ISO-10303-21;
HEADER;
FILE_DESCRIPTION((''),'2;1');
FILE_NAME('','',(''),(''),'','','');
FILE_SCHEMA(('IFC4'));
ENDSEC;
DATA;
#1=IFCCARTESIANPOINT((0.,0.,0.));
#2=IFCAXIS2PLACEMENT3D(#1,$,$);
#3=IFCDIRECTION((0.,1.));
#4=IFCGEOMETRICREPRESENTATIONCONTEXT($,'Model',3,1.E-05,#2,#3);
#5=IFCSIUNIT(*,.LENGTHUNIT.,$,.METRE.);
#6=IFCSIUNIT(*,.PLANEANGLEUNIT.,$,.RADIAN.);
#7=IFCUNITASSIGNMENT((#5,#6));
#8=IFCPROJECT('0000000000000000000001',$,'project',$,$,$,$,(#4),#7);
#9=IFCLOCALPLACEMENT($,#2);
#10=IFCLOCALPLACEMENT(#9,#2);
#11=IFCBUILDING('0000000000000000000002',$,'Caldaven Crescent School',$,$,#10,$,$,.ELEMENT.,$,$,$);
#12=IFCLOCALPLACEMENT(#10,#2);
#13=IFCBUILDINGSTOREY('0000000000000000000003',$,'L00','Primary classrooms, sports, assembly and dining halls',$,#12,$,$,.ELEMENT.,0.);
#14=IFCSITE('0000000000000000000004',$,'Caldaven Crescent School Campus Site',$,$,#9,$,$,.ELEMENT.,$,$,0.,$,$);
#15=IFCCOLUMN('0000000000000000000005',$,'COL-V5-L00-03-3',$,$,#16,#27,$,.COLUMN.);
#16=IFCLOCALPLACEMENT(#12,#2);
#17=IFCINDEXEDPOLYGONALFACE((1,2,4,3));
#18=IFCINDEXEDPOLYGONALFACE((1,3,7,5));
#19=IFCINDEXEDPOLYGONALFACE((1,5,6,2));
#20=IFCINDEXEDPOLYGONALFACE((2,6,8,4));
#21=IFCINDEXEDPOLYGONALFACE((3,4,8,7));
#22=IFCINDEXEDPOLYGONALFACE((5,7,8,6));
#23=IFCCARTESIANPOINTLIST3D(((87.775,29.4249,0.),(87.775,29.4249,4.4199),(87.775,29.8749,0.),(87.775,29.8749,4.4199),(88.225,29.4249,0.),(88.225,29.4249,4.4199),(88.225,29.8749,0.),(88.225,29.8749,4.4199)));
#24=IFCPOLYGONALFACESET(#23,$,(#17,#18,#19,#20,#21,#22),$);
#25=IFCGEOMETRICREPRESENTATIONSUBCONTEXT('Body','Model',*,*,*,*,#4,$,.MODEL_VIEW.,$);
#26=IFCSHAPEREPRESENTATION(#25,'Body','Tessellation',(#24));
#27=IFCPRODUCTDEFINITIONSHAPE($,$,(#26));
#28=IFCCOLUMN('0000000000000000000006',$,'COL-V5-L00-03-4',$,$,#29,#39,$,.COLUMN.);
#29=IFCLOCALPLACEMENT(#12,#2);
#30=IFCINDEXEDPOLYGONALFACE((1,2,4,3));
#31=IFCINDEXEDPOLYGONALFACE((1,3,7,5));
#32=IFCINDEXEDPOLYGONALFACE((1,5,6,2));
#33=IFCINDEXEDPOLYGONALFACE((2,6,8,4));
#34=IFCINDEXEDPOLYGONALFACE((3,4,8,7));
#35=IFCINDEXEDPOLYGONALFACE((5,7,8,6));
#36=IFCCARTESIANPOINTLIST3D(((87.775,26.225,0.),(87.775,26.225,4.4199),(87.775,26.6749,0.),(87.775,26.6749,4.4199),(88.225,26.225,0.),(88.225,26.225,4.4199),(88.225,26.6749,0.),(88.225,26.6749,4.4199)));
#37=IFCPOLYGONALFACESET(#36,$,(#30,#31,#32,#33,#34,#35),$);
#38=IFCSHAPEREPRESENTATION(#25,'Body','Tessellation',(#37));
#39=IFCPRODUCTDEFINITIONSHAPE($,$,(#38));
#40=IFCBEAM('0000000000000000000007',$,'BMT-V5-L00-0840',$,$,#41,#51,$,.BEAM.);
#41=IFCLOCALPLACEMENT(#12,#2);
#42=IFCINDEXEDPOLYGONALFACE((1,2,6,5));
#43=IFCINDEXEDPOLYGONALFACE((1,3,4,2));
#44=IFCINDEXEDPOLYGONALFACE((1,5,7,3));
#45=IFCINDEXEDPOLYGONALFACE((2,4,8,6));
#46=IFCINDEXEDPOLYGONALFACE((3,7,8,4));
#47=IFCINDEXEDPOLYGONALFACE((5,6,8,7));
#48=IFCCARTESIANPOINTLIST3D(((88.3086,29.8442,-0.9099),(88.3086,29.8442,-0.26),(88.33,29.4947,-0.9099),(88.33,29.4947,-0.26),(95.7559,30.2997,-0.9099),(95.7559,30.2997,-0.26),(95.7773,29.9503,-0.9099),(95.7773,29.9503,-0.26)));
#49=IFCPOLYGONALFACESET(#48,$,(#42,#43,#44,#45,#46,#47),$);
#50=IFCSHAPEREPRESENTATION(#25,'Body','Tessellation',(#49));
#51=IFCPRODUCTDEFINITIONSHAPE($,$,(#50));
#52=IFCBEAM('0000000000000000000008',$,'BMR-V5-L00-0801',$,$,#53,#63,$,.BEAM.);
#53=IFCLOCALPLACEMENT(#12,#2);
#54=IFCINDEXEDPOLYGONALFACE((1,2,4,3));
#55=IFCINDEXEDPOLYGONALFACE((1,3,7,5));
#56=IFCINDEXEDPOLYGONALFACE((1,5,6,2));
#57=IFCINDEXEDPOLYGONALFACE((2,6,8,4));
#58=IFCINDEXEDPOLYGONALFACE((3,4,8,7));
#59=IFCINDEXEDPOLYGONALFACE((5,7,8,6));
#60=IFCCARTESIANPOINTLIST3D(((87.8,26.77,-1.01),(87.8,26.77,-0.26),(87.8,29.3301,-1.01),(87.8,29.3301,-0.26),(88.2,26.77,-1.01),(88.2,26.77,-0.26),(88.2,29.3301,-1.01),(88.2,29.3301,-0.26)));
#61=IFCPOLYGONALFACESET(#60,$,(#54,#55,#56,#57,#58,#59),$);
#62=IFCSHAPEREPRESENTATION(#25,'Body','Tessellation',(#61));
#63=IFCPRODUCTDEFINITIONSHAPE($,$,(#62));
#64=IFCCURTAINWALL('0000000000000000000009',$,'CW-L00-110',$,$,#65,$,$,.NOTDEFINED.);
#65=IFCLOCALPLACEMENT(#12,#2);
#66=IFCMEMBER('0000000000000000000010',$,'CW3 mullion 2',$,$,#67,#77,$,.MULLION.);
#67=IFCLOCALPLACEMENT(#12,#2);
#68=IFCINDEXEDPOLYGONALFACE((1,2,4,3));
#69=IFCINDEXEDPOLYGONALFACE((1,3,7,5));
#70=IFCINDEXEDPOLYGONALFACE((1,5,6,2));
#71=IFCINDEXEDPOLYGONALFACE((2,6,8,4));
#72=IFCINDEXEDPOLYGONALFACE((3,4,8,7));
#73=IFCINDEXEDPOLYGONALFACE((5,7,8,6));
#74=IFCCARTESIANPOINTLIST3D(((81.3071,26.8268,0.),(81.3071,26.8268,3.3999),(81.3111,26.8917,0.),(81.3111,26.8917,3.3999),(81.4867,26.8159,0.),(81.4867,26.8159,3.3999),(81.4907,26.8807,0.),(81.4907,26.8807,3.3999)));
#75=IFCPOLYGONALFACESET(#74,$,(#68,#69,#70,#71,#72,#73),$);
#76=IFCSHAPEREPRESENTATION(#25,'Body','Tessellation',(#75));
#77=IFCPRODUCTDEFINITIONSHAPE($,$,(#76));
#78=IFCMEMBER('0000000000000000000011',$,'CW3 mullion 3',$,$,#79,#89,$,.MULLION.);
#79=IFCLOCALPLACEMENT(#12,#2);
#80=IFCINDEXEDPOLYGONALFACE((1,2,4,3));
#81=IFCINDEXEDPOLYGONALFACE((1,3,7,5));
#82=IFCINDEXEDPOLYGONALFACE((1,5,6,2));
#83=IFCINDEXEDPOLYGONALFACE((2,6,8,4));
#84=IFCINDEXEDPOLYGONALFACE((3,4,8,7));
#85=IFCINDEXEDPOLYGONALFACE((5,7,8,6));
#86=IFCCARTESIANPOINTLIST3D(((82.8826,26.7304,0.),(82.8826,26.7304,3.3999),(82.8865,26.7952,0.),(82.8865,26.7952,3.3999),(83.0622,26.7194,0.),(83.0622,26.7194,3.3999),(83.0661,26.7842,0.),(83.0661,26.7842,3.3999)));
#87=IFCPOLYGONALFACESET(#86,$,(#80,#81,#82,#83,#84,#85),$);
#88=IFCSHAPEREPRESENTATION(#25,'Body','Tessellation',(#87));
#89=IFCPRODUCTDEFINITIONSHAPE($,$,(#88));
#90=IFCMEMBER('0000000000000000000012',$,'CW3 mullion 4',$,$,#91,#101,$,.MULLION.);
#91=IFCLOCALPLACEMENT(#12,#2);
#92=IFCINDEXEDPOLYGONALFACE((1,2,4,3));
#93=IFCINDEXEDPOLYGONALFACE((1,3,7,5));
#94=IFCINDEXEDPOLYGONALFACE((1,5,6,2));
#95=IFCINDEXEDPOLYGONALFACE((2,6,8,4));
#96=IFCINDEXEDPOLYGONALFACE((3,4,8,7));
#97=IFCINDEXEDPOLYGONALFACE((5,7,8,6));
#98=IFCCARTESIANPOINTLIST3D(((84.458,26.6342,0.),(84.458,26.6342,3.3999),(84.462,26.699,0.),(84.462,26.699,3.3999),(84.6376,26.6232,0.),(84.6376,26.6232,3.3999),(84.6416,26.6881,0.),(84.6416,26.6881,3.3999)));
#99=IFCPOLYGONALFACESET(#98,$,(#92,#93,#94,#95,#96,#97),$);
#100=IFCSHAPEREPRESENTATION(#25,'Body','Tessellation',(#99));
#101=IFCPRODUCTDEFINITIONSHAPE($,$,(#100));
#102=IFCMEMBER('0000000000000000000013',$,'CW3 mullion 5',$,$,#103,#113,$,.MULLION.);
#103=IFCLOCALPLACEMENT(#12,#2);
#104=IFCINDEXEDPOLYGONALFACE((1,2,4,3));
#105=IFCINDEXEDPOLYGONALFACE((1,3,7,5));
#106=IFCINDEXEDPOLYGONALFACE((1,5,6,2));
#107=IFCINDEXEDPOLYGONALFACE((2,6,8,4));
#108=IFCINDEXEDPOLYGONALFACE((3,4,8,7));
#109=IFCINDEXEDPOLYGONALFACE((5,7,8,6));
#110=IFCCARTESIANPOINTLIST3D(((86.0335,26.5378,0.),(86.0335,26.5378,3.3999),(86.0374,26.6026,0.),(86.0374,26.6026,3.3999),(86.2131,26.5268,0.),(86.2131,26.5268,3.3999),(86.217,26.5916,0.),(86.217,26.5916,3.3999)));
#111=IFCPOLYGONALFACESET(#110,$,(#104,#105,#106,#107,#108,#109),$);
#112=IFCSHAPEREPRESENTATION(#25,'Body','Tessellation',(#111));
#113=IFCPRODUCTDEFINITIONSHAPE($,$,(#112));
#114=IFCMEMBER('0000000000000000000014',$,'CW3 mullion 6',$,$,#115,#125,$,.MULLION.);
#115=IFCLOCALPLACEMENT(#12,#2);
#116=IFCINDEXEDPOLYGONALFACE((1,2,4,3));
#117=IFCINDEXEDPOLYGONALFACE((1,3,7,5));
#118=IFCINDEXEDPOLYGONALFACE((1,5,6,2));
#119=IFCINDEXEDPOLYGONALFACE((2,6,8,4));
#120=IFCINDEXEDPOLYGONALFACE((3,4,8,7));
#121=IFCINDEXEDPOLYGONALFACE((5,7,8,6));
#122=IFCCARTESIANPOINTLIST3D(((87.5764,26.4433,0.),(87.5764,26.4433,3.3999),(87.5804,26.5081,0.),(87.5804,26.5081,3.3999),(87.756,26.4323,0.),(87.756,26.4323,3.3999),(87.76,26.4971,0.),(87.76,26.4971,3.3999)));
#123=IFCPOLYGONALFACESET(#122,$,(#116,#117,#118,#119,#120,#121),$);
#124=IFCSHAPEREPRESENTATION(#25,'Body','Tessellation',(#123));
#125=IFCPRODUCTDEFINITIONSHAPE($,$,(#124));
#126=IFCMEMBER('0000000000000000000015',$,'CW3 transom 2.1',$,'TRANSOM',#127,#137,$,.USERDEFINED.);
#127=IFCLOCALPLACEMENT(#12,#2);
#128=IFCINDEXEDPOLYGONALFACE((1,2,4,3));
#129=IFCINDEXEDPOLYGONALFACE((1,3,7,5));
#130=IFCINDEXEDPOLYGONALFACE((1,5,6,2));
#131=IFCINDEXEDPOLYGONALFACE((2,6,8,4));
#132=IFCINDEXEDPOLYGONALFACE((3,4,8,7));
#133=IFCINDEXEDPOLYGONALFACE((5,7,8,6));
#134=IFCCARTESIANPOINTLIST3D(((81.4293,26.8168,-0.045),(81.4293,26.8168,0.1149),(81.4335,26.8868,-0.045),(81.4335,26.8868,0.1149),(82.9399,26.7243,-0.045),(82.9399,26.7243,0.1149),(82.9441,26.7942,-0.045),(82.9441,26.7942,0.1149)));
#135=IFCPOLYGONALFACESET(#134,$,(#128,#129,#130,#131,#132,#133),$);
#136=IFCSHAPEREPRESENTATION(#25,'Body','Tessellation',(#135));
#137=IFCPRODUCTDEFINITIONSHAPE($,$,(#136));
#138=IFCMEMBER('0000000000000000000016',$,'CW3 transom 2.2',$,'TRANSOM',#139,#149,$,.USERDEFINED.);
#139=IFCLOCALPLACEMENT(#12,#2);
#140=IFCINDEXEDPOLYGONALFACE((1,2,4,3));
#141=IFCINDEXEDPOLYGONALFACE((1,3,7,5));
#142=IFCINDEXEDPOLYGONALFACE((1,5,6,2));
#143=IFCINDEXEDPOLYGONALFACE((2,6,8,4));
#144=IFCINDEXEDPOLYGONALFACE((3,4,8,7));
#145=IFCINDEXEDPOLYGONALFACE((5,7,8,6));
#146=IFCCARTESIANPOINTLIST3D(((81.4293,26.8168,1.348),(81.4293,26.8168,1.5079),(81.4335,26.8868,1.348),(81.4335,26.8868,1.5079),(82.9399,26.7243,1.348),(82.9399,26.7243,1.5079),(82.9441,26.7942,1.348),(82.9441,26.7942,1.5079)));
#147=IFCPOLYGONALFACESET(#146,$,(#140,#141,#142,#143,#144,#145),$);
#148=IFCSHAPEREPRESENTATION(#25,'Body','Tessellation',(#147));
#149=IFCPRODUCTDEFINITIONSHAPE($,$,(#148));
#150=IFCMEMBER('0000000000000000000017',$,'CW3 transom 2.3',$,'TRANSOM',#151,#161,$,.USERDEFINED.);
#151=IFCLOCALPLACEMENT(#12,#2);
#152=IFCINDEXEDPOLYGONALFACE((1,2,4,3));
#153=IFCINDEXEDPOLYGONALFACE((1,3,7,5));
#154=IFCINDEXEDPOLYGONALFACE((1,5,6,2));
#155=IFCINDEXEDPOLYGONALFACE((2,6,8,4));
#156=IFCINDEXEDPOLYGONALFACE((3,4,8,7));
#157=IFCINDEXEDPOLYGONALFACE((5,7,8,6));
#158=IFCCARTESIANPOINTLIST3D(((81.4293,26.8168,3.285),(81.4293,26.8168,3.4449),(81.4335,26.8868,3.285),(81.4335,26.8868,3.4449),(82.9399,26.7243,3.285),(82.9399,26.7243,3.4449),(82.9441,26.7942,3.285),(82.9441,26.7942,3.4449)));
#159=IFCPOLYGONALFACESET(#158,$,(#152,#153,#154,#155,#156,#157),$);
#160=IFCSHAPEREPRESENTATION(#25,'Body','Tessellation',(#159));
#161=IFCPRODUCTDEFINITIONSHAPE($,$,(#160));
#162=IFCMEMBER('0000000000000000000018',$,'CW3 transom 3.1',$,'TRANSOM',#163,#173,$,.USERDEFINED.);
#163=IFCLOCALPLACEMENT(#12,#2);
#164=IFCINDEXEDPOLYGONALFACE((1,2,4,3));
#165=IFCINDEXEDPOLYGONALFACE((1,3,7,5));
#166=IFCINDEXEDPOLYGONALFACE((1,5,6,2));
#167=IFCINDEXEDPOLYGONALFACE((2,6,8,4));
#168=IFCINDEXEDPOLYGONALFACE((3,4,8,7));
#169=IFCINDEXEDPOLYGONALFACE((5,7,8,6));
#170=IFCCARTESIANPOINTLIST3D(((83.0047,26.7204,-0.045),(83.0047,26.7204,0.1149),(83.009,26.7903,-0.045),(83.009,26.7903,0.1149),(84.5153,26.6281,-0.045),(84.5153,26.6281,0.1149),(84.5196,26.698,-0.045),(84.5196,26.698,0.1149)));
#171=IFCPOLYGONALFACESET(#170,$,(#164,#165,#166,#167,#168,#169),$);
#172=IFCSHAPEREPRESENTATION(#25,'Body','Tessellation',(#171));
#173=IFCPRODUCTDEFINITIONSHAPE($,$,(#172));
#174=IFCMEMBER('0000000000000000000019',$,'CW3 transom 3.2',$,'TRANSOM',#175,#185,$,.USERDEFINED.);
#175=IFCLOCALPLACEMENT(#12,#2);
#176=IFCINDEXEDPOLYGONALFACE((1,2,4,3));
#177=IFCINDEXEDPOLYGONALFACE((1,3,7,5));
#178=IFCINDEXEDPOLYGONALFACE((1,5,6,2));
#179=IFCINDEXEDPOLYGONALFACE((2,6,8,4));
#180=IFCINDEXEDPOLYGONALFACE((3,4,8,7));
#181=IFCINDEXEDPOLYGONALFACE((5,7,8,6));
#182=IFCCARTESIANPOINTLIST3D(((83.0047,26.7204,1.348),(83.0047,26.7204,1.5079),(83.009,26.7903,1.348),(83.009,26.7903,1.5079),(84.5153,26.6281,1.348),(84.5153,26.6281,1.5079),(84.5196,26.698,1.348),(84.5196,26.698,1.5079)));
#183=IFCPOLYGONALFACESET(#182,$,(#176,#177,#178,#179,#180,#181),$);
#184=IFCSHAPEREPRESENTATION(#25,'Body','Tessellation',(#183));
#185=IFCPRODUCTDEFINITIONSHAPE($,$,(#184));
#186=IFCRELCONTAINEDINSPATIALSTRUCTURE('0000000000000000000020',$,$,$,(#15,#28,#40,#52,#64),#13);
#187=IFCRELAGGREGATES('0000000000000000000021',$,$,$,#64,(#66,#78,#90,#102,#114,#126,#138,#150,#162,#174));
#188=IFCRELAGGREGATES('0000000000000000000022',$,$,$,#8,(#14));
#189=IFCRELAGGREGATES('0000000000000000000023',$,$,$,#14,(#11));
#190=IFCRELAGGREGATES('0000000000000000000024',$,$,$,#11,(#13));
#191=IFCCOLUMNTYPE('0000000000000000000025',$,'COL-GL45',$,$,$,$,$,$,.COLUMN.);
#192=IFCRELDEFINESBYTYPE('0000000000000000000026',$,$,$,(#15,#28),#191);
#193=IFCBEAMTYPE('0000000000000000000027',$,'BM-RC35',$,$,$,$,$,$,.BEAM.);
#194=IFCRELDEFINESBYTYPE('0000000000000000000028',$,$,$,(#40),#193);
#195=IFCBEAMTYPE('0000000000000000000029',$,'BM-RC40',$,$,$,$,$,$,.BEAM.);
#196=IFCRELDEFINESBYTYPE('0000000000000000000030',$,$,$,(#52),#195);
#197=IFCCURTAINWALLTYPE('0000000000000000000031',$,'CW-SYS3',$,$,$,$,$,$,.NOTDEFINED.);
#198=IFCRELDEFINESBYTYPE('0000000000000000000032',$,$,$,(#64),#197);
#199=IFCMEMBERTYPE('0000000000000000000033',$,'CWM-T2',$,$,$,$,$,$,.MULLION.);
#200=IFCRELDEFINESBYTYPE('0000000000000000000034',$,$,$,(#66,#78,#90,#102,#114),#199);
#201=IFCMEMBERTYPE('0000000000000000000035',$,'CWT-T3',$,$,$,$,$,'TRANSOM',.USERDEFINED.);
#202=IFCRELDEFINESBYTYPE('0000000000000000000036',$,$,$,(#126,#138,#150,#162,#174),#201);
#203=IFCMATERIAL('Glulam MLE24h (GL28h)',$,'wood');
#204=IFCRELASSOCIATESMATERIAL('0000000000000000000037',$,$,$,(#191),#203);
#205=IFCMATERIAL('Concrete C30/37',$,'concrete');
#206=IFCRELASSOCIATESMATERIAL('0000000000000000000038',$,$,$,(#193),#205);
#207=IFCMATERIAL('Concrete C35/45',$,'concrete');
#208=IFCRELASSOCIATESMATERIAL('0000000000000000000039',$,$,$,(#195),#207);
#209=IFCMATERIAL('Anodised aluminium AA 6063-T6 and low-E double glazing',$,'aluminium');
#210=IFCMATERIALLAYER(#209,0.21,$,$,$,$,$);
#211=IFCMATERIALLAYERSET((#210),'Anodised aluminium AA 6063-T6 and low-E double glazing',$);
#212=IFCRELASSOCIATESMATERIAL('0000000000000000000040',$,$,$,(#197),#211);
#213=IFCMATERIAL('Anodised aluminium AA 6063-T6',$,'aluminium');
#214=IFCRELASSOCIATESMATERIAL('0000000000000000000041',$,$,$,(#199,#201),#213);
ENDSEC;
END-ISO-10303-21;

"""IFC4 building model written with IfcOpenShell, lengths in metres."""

from ifc_helpers import new_model, si_unit, direction, frame, origin, origin_2d, place, context, subcontext, project, spatial, rectangle, extrude, material, layer, layer_set, material_profile, profile_set, type_object, element, aggregate, save


model = new_model("IFC4")

# Units and contexts
model_context = context("Model", 3, precision=1e-05, world=origin(), true_north=direction((0.0, 1.0)))
body_context = subcontext(model_context, "Body", "Model", "MODEL_VIEW")
ifc_project = project(units=[si_unit("LENGTHUNIT", "METRE"), si_unit("PLANEANGLEUNIT", "RADIAN")], contexts=[model_context])

# Site, building, storey
site_placement = place(None, origin())
site = spatial("IfcSite", under=ifc_project, at=site_placement, Name="Caldaven Crescent School Campus Site", CompositionType="ELEMENT", RefElevation=0.0)
building_placement = place(site_placement, origin())
building = spatial("IfcBuilding", under=site, at=building_placement, Name="Caldaven Crescent School", CompositionType="ELEMENT")
storey_placement = place(building_placement, origin())
storey = spatial("IfcBuildingStorey", under=building, at=storey_placement, Name="L00", Description="Primary classrooms, sports, assembly and dining halls", CompositionType="ELEMENT", Elevation=0.0)

# Columns
ifc_material_1 = material(Name="Glulam MLE24h (GL28h)", Category="wood")
ifc_material_profile_1 = material_profile(ifc_material_1, rectangle(XDim=0.45, YDim=0.45, at=origin_2d()), Name="MLE 450x450")
ifc_profile_set_1 = profile_set([ifc_material_profile_1], Name="Glulam MLE24h (GL28h)")
column_type = type_object("IfcColumnType", Name="COL-GL45", PredefinedType="COLUMN", material=ifc_profile_set_1)
for number, where, z_axis, x_axis, name in (
    (1, (88.0, 29.6499, 0.0), (0.0, 0.0, 1.0), (0.0, -1.0, 0.0), "COL-V5-L00-03-3"),
    (2, (88.0, 26.45, 0.0), (0.0, 0.0, 1.0), (0.0, -1.0, 0.0), "COL-V5-L00-03-4"),
):
    element("IfcColumn", number, at=place(storey_placement, frame(where, z_axis=z_axis, x_axis=x_axis)), inside=storey, type_object=column_type, Name=name, PredefinedType="COLUMN", context=body_context, shape_type="SweptSolid", body=[
        extrude(rectangle(XDim=0.45, YDim=0.45, at=origin_2d()), origin(), (0.0, 0.0, 1.0), 4.4199),
    ])

# Beams
ifc_material_2 = material(Name="Concrete C30/37", Category="concrete")
ifc_material_profile_2 = material_profile(ifc_material_2, rectangle(XDim=0.3501, YDim=0.6499, at=origin_2d()), Name="RC 350x650")
ifc_profile_set_2 = profile_set([ifc_material_profile_2], Name="Concrete C30/37")
beam_type_1 = type_object("IfcBeamType", Name="BM-RC35", PredefinedType="BEAM", material=ifc_profile_set_2)
beam_1_placement = place(storey_placement, frame((88.3193, 29.6694, -0.585), z_axis=(0.998134, 0.061058, 0.0), x_axis=(-0.061058, 0.998134, 0.0)))
element("IfcBeam", 3, at=beam_1_placement, inside=storey, type_object=beam_type_1, Name="BMT-V5-L00-0840", PredefinedType="BEAM", context=body_context, shape_type="SweptSolid", body=[
    extrude(rectangle(XDim=0.3501, YDim=0.6499, at=origin_2d()), origin(), (0.0, 0.0, 1.0), 7.4612),
])
ifc_material_3 = material(Name="Concrete C35/45", Category="concrete")
ifc_material_profile_3 = material_profile(ifc_material_3, rectangle(XDim=0.3999, YDim=0.75, at=origin_2d()), Name="RC 400x750")
ifc_profile_set_3 = profile_set([ifc_material_profile_3], Name="Concrete C35/45")
beam_type_2 = type_object("IfcBeamType", Name="BM-RC40", PredefinedType="BEAM", material=ifc_profile_set_3)
beam_2_placement = place(storey_placement, frame((88.0, 29.3301, -0.635), z_axis=(0.0, -1.0, 0.0), x_axis=(1.0, 0.0, 0.0)))
element("IfcBeam", 4, at=beam_2_placement, inside=storey, type_object=beam_type_2, Name="BMR-V5-L00-0801", PredefinedType="BEAM", context=body_context, shape_type="SweptSolid", body=[
    extrude(rectangle(XDim=0.3999, YDim=0.75, at=origin_2d()), origin(), (0.0, 0.0, 1.0), 2.5601),
])

# Curtain wall, members
ifc_material_4 = material(Name="Anodised aluminium AA 6063-T6 and low-E double glazing", Category="aluminium")
ifc_layer_1 = layer(ifc_material_4, 0.21)
ifc_layer_set_1 = layer_set([ifc_layer_1], Name="Anodised aluminium AA 6063-T6 and low-E double glazing")
curtain_wall_type = type_object("IfcCurtainWallType", Name="CW-SYS3", PredefinedType="NOTDEFINED", material=ifc_layer_set_1)
curtain_wall_placement = place(storey_placement, origin())
curtain_wall = element("IfcCurtainWall", 5, at=curtain_wall_placement, inside=storey, type_object=curtain_wall_type, Name="CW-L00-110", PredefinedType="NOTDEFINED")
ifc_material_5 = material(Name="Anodised aluminium AA 6063-T6", Category="aluminium")
ifc_material_profile_4 = material_profile(ifc_material_5, rectangle(XDim=0.0649, YDim=0.1799, at=origin_2d()), Name="CWM 65x180")
ifc_profile_set_4 = profile_set([ifc_material_profile_4], Name="Anodised aluminium AA 6063-T6")
member_type_1 = type_object("IfcMemberType", Name="CWM-T2", PredefinedType="MULLION", material=ifc_profile_set_4)
member_1_placement = place(storey_placement, frame((81.3989, 26.8538, 0.0), z_axis=(0.0, 0.0, 1.0), x_axis=(0.061049, 0.998135, 0.0)))
member_1 = element("IfcMember", 6, at=member_1_placement, type_object=member_type_1, Name="CW3 mullion 2", PredefinedType="MULLION", context=body_context, shape_type="SweptSolid", body=[
    extrude(rectangle(XDim=0.0649, YDim=0.1799, at=origin_2d()), origin(), (0.0, 0.0, 1.0), 3.3999),
])
member_2_placement = place(storey_placement, frame((82.9744, 26.7573, 0.0), z_axis=(0.0, 0.0, 1.0), x_axis=(0.061049, 0.998135, 0.0)))
member_2 = element("IfcMember", 7, at=member_2_placement, type_object=member_type_1, Name="CW3 mullion 3", PredefinedType="MULLION", context=body_context, shape_type="SweptSolid", body=[
    extrude(rectangle(XDim=0.0649, YDim=0.1799, at=origin_2d()), origin(), (0.0, 0.0, 1.0), 3.3999),
])
member_3_placement = place(storey_placement, frame((84.5498, 26.6611, 0.0), z_axis=(0.0, 0.0, 1.0), x_axis=(0.061049, 0.998135, 0.0)))
member_3 = element("IfcMember", 8, at=member_3_placement, type_object=member_type_1, Name="CW3 mullion 4", PredefinedType="MULLION", context=body_context, shape_type="SweptSolid", body=[
    extrude(rectangle(XDim=0.0649, YDim=0.1799, at=origin_2d()), origin(), (0.0, 0.0, 1.0), 3.3999),
])
member_4_placement = place(storey_placement, frame((86.1252, 26.5647, 0.0), z_axis=(0.0, 0.0, 1.0), x_axis=(0.061049, 0.998135, 0.0)))
member_4 = element("IfcMember", 9, at=member_4_placement, type_object=member_type_1, Name="CW3 mullion 5", PredefinedType="MULLION", context=body_context, shape_type="SweptSolid", body=[
    extrude(rectangle(XDim=0.0649, YDim=0.1799, at=origin_2d()), origin(), (0.0, 0.0, 1.0), 3.3999),
])
member_5_placement = place(storey_placement, frame((87.6682, 26.4702, 0.0), z_axis=(0.0, 0.0, 1.0), x_axis=(0.061049, 0.998135, 0.0)))
member_5 = element("IfcMember", 10, at=member_5_placement, type_object=member_type_1, Name="CW3 mullion 6", PredefinedType="MULLION", context=body_context, shape_type="SweptSolid", body=[
    extrude(rectangle(XDim=0.0649, YDim=0.1799, at=origin_2d()), origin(), (0.0, 0.0, 1.0), 3.3999),
])
ifc_material_profile_5 = material_profile(ifc_material_5, rectangle(XDim=0.0701, YDim=0.1599, at=origin_2d()), Name="CWT 70x160")
ifc_profile_set_5 = profile_set([ifc_material_profile_5], Name="Anodised aluminium AA 6063-T6")
member_type_2 = type_object("IfcMemberType", Name="CWT-T3", ElementType="TRANSOM", PredefinedType="USERDEFINED", material=ifc_profile_set_5)
member_6_placement = place(storey_placement, frame((81.4314, 26.8518, 0.0349), z_axis=(0.998129, -0.061143, 0.0), x_axis=(0.061143, 0.998129, 0.0)))
member_6 = element("IfcMember", 11, at=member_6_placement, type_object=member_type_2, Name="CW3 transom 2.1", ObjectType="TRANSOM", PredefinedType="USERDEFINED", context=body_context, shape_type="SweptSolid", body=[
    extrude(rectangle(XDim=0.0701, YDim=0.1599, at=origin_2d()), origin(), (0.0, 0.0, 1.0), 1.5134),
])
member_7_placement = place(storey_placement, frame((81.4314, 26.8518, 1.428), z_axis=(0.998129, -0.061143, 0.0), x_axis=(0.061143, 0.998129, 0.0)))
member_7 = element("IfcMember", 12, at=member_7_placement, type_object=member_type_2, Name="CW3 transom 2.2", ObjectType="TRANSOM", PredefinedType="USERDEFINED", context=body_context, shape_type="SweptSolid", body=[
    extrude(rectangle(XDim=0.0701, YDim=0.1599, at=origin_2d()), origin(), (0.0, 0.0, 1.0), 1.5134),
])
member_8_placement = place(storey_placement, frame((81.4314, 26.8518, 3.365), z_axis=(0.998129, -0.061143, 0.0), x_axis=(0.061143, 0.998129, 0.0)))
member_8 = element("IfcMember", 13, at=member_8_placement, type_object=member_type_2, Name="CW3 transom 2.3", ObjectType="TRANSOM", PredefinedType="USERDEFINED", context=body_context, shape_type="SweptSolid", body=[
    extrude(rectangle(XDim=0.0701, YDim=0.1599, at=origin_2d()), origin(), (0.0, 0.0, 1.0), 1.5134),
])
member_9_placement = place(storey_placement, frame((83.0068, 26.7554, 0.0349), z_axis=(0.998139, -0.060982, 0.0), x_axis=(0.060982, 0.998139, 0.0)))
member_9 = element("IfcMember", 14, at=member_9_placement, type_object=member_type_2, Name="CW3 transom 3.1", ObjectType="TRANSOM", PredefinedType="USERDEFINED", context=body_context, shape_type="SweptSolid", body=[
    extrude(rectangle(XDim=0.0701, YDim=0.1599, at=origin_2d()), origin(), (0.0, 0.0, 1.0), 1.5134),
])
member_10_placement = place(storey_placement, frame((83.0068, 26.7554, 1.428), z_axis=(0.998139, -0.060982, 0.0), x_axis=(0.060982, 0.998139, 0.0)))
member_10 = element("IfcMember", 15, at=member_10_placement, type_object=member_type_2, Name="CW3 transom 3.2", ObjectType="TRANSOM", PredefinedType="USERDEFINED", context=body_context, shape_type="SweptSolid", body=[
    extrude(rectangle(XDim=0.0701, YDim=0.1599, at=origin_2d()), origin(), (0.0, 0.0, 1.0), 1.5134),
])

aggregate(curtain_wall, [member_1, member_2, member_3, member_4, member_5, member_6, member_7, member_8, member_9, member_10])

save(model, "model.ifc")
